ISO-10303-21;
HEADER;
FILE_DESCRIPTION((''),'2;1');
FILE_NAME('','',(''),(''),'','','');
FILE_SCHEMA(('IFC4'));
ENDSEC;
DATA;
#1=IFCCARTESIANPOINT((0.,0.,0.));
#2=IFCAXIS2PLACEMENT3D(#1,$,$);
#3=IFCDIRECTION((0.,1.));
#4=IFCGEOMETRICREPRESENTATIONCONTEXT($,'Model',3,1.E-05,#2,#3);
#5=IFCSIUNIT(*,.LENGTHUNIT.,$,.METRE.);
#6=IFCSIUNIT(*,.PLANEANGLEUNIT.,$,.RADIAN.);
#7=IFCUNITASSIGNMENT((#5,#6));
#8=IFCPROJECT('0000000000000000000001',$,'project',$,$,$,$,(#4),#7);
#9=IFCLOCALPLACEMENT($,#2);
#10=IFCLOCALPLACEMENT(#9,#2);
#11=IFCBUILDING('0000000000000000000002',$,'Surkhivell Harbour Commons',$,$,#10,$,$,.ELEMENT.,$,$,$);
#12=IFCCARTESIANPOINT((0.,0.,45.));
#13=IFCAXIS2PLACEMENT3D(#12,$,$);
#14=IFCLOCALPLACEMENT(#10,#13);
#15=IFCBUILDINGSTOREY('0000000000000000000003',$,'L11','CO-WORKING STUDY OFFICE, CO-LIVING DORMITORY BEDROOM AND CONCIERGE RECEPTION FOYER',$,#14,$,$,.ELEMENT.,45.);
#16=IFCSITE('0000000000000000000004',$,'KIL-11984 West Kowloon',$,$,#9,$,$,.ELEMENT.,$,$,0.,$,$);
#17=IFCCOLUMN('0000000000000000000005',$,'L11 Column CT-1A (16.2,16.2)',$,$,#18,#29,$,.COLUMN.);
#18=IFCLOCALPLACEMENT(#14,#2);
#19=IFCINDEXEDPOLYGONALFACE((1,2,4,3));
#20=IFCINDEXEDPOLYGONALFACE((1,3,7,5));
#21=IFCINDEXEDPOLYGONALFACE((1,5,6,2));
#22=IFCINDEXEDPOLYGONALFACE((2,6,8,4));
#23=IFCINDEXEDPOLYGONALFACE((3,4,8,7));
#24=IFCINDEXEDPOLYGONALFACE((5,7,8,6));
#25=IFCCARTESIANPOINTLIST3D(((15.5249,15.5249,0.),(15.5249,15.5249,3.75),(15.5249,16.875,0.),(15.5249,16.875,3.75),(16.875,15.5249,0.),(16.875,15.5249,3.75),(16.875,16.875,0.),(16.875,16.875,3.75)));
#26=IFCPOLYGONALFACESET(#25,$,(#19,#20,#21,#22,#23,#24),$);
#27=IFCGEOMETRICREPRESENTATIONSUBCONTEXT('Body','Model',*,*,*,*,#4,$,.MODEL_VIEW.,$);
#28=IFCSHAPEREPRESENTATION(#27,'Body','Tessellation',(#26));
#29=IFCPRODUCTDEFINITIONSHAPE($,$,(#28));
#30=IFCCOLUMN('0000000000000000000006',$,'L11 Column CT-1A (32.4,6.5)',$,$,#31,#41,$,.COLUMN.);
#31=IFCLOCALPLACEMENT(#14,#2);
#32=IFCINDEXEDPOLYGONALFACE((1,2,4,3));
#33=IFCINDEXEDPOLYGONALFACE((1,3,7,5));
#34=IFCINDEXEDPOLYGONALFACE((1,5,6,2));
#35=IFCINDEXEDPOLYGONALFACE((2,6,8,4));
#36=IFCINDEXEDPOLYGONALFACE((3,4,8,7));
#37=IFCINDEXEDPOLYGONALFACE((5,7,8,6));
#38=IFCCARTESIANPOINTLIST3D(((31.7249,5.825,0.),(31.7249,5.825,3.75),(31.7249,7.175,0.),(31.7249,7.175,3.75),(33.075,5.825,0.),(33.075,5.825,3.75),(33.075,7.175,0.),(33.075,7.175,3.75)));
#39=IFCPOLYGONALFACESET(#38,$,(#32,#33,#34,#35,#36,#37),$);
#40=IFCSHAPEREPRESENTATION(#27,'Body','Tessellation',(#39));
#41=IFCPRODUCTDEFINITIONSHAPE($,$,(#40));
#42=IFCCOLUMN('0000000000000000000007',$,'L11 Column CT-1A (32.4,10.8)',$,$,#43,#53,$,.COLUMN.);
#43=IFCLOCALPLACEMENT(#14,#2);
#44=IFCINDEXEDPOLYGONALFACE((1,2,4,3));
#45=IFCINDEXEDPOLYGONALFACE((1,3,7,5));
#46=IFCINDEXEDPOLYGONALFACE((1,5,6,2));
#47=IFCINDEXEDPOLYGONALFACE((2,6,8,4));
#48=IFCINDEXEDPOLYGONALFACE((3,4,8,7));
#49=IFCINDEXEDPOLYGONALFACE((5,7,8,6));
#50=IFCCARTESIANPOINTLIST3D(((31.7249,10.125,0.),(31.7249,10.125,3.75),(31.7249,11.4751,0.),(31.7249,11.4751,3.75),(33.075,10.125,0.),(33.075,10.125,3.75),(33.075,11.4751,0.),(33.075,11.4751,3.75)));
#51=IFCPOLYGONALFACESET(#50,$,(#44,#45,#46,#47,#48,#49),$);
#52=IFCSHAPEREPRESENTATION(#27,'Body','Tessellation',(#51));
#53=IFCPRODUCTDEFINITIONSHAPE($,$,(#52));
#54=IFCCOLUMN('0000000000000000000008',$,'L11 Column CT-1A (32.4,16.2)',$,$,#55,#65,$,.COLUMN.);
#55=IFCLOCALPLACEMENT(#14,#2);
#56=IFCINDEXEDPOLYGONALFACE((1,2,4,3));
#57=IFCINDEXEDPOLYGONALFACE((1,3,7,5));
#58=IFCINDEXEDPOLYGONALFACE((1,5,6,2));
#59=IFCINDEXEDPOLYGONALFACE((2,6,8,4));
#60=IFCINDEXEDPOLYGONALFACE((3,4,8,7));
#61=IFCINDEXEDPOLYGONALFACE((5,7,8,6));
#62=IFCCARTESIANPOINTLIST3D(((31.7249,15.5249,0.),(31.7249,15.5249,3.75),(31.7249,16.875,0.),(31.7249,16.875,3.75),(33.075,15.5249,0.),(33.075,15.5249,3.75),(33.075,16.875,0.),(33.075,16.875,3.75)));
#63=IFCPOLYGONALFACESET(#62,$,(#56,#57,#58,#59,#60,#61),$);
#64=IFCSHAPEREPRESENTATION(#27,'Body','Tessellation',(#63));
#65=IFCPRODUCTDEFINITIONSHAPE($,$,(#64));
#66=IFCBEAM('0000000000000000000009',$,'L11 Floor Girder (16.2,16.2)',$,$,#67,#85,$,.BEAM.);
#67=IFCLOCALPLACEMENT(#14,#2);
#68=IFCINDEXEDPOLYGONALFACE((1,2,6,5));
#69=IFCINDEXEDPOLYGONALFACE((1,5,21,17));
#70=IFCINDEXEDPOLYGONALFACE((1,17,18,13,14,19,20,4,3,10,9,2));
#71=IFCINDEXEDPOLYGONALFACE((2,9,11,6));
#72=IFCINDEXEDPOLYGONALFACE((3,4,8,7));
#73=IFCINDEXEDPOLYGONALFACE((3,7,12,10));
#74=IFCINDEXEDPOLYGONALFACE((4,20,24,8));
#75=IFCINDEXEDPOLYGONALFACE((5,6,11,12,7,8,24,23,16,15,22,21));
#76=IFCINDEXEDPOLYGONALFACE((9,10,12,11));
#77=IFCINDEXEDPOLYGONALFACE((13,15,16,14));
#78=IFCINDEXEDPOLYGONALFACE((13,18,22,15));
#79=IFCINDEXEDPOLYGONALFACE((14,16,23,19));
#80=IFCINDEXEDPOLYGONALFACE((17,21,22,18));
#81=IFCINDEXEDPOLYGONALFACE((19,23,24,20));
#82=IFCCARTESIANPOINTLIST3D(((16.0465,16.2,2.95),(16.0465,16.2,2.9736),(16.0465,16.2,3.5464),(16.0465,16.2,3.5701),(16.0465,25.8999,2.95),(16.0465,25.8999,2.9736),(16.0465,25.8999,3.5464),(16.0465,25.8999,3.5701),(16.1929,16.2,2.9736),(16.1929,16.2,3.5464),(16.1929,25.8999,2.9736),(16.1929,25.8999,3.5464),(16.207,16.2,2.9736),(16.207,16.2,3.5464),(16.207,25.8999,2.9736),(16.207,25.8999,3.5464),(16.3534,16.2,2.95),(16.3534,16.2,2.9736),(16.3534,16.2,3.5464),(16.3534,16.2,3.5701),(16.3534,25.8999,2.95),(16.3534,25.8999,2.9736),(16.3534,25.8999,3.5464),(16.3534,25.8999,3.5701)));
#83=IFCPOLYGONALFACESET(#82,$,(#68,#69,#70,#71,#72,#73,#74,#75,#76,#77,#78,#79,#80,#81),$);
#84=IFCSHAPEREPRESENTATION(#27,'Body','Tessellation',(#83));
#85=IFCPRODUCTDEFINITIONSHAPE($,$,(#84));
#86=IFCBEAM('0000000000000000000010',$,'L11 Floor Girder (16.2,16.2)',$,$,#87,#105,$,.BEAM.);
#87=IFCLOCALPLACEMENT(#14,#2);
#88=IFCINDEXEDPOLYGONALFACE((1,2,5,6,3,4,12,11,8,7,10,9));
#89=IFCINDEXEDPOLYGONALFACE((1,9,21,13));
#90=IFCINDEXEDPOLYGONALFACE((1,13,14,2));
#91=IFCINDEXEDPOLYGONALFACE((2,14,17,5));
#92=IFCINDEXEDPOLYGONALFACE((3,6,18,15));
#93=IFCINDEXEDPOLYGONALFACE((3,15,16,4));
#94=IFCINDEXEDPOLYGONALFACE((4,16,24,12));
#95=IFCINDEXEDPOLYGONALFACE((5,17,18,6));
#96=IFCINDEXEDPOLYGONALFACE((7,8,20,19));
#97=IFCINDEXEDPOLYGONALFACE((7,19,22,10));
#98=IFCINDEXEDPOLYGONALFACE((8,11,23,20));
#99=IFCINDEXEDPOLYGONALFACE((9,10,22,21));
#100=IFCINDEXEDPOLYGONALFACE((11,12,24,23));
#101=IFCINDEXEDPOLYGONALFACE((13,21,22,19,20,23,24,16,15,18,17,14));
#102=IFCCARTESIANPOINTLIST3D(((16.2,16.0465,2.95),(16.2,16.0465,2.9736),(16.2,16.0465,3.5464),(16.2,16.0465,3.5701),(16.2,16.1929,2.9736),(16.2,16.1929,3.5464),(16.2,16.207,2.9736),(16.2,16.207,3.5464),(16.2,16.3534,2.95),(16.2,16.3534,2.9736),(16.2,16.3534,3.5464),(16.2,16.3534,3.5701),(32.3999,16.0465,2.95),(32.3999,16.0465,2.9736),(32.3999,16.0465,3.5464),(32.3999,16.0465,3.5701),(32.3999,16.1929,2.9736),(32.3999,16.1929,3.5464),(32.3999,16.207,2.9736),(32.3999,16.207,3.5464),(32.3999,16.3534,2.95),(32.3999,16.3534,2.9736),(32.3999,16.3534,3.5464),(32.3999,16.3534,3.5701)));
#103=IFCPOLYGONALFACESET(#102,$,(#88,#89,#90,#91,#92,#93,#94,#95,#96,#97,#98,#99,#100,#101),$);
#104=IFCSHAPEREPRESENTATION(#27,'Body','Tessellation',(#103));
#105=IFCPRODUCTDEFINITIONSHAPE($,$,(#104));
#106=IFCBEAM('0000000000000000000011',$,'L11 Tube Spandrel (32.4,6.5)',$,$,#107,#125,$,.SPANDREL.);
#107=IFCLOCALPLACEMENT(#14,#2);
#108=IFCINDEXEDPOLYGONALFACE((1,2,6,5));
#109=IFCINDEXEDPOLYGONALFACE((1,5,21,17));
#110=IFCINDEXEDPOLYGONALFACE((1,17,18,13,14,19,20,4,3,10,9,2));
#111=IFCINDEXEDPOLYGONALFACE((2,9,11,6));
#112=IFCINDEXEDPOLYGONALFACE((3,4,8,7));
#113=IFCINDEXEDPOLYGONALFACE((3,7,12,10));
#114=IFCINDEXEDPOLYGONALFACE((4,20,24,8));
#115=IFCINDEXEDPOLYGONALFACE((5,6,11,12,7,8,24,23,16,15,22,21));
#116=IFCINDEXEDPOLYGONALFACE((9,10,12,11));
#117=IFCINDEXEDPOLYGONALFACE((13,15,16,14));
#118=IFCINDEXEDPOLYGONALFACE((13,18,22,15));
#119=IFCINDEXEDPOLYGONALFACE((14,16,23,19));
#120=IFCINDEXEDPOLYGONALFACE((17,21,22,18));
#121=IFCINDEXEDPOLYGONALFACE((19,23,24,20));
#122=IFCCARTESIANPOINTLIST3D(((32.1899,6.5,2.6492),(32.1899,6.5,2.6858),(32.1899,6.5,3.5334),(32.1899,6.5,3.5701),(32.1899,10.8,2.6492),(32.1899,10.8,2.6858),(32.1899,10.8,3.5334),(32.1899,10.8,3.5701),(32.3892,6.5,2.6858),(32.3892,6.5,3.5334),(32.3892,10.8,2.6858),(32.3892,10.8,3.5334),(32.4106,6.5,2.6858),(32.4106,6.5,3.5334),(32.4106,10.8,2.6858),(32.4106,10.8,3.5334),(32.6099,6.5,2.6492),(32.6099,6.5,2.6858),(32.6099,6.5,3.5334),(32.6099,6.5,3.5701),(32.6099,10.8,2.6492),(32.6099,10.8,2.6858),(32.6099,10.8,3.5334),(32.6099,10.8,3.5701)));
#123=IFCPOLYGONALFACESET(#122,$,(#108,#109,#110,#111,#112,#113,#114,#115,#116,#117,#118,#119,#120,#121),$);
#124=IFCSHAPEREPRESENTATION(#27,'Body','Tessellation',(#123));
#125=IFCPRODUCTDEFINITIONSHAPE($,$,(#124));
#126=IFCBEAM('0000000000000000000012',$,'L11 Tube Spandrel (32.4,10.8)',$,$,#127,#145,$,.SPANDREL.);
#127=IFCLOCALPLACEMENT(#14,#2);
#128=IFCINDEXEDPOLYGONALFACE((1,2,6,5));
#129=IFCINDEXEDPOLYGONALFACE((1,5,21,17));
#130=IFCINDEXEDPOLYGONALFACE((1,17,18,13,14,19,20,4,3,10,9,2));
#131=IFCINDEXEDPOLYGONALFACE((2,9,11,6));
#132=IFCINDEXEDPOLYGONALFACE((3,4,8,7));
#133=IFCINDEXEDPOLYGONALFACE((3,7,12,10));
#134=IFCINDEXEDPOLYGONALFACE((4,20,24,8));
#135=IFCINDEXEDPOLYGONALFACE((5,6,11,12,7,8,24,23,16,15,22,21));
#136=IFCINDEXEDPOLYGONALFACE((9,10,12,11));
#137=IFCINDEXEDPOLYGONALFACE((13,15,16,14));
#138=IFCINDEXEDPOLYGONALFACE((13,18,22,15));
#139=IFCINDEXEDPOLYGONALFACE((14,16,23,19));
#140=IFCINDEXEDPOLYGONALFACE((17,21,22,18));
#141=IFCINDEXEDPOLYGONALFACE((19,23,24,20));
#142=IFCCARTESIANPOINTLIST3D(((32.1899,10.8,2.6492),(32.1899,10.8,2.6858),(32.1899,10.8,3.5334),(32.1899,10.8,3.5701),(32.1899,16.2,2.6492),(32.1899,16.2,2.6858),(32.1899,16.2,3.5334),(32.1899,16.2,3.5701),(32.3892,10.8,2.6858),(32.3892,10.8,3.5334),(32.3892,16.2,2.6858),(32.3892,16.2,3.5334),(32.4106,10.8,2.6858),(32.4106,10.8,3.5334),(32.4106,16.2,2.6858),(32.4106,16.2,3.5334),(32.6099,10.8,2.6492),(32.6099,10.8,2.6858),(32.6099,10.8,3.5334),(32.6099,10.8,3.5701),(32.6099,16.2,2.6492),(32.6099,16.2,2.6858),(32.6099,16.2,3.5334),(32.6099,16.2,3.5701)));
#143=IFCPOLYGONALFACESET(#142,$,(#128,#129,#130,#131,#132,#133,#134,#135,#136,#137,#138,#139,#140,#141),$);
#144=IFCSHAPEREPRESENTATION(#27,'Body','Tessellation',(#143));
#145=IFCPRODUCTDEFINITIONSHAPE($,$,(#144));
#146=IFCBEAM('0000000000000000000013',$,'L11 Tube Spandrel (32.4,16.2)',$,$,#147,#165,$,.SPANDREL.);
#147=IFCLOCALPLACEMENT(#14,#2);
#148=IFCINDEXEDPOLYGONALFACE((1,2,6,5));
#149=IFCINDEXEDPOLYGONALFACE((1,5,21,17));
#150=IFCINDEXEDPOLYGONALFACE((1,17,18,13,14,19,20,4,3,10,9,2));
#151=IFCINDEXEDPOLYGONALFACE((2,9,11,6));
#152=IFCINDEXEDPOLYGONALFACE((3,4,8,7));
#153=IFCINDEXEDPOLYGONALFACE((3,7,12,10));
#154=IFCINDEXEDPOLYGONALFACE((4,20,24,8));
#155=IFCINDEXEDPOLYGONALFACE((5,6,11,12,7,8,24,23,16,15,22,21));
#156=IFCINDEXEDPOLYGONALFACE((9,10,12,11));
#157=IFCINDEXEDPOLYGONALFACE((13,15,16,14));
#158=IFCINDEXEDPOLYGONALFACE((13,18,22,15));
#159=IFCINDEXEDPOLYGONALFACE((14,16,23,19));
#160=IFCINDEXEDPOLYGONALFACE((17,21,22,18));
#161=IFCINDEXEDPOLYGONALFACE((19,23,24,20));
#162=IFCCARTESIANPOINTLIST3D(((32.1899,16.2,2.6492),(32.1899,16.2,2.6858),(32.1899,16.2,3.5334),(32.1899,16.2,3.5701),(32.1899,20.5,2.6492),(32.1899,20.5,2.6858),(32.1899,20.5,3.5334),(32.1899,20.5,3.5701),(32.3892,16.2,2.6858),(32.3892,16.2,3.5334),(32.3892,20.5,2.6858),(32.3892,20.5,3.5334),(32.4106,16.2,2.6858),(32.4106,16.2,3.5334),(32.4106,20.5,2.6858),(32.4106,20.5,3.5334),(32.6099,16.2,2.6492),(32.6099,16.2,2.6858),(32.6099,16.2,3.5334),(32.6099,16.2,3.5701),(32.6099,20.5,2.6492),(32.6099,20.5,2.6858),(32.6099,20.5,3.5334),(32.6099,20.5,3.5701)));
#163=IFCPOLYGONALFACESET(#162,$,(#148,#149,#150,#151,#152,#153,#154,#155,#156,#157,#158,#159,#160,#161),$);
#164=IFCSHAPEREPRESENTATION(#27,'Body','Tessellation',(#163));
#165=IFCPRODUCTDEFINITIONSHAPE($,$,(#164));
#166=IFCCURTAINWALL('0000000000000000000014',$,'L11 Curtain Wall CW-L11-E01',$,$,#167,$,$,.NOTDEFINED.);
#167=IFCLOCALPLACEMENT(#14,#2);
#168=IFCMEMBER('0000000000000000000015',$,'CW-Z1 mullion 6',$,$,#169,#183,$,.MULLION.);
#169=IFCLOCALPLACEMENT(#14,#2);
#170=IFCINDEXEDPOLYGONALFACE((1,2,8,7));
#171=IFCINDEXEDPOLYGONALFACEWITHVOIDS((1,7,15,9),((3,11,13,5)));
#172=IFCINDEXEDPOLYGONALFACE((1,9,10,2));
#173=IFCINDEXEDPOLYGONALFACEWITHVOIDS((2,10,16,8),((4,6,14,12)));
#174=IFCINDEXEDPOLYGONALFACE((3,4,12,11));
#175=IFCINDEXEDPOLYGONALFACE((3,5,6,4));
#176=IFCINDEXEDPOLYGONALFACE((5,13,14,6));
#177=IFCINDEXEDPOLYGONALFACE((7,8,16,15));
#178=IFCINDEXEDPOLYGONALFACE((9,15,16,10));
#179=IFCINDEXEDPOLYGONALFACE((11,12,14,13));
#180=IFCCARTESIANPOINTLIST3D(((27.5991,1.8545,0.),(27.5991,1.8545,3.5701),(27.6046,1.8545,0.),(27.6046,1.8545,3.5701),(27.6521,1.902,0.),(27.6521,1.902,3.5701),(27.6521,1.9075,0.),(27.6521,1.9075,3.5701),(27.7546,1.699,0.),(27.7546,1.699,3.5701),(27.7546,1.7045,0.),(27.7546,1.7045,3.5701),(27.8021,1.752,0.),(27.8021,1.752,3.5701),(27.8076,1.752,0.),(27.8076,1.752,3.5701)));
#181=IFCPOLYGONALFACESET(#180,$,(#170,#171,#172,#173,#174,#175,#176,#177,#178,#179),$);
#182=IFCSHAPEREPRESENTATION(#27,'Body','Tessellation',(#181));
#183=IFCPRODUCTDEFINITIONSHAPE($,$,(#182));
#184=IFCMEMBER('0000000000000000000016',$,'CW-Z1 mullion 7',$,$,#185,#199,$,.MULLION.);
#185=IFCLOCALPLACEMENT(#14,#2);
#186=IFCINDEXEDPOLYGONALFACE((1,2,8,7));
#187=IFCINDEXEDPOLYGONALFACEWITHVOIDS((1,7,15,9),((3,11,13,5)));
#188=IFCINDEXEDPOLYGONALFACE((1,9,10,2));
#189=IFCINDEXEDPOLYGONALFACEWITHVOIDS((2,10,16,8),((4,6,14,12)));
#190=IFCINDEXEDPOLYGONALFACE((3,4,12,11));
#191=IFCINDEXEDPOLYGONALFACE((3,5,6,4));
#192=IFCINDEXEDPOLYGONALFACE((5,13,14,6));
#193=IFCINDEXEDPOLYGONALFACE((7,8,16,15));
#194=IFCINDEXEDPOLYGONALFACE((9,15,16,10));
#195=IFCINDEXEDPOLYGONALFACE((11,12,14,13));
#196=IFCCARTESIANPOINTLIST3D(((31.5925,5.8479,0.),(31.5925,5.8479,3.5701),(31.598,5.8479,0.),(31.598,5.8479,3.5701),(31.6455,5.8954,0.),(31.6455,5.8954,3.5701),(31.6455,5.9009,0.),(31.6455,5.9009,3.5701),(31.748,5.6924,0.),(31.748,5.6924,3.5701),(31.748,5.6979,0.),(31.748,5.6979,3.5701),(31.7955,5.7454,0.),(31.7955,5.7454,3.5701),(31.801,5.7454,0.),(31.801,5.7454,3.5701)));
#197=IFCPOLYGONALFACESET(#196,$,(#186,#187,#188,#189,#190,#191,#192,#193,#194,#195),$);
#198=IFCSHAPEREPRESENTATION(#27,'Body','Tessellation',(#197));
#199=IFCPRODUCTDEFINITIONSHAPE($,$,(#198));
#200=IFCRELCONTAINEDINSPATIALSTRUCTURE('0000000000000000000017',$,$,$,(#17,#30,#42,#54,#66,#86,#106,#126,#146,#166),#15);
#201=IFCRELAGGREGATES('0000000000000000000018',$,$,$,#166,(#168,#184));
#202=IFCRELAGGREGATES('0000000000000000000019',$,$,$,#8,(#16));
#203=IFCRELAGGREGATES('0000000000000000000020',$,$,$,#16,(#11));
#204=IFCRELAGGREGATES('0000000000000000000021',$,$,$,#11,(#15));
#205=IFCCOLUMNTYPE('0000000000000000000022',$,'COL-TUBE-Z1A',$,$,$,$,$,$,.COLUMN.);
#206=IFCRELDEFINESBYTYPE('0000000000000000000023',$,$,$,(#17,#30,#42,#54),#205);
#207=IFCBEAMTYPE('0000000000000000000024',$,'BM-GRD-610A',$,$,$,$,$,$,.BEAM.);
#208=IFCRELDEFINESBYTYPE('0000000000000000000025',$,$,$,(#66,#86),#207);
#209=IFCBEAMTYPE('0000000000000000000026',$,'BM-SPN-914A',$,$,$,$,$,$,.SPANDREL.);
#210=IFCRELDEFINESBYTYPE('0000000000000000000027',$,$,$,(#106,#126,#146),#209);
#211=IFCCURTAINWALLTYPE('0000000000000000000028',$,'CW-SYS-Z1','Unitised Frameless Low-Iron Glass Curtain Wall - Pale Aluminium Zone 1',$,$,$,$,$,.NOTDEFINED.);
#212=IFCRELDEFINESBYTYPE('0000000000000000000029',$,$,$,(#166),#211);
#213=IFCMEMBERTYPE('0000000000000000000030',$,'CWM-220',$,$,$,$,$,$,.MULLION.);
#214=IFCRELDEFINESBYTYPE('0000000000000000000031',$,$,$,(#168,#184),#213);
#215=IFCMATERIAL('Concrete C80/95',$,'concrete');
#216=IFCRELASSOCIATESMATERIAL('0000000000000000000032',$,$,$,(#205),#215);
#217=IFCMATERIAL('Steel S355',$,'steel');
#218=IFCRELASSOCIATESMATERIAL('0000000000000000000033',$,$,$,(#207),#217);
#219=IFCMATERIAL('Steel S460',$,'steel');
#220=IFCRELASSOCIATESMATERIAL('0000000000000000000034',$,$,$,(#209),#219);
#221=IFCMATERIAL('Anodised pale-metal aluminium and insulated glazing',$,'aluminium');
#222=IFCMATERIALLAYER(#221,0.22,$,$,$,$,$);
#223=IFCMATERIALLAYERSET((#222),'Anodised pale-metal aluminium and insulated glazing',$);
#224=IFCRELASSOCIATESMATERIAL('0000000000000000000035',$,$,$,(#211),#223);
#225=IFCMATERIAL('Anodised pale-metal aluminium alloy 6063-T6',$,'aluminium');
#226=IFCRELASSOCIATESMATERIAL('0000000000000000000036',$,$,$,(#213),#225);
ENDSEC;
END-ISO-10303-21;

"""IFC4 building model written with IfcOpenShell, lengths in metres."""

from ifc_helpers import new_model, si_unit, direction, frame, origin, origin_2d, place, context, subcontext, project, spatial, rectangle, hollow_rectangle, i_section, extrude, material, layer, layer_set, material_profile, profile_set, type_object, element, aggregate, save


model = new_model("IFC4")

# Units and contexts
model_context = context("Model", 3, precision=1e-05, world=origin(), true_north=direction((0.0, 1.0)))
body_context = subcontext(model_context, "Body", "Model", "MODEL_VIEW")
ifc_project = project(units=[si_unit("LENGTHUNIT", "METRE"), si_unit("PLANEANGLEUNIT", "RADIAN")], contexts=[model_context])

# Site, building, storey
site_placement = place(None, origin())
site = spatial("IfcSite", under=ifc_project, at=site_placement, Name="KIL-11984 West Kowloon", CompositionType="ELEMENT", RefElevation=0.0)
building_placement = place(site_placement, origin())
building = spatial("IfcBuilding", under=site, at=building_placement, Name="Surkhivell Harbour Commons", CompositionType="ELEMENT")
storey_placement = place(building_placement, frame((0.0, 0.0, 45.0)))
storey = spatial("IfcBuildingStorey", under=building, at=storey_placement, Name="L11", Description="CO-WORKING STUDY OFFICE, CO-LIVING DORMITORY BEDROOM AND CONCIERGE RECEPTION FOYER", CompositionType="ELEMENT", Elevation=45.0)

# Columns
ifc_material_1 = material(Name="Concrete C80/95", Category="concrete")
ifc_material_profile_1 = material_profile(ifc_material_1, rectangle(XDim=1.3501, YDim=1.3501, at=origin_2d()), Name="RC-COL-1350x1350")
ifc_profile_set_1 = profile_set([ifc_material_profile_1], Name="Concrete C80/95")
column_type = type_object("IfcColumnType", Name="COL-TUBE-Z1A", PredefinedType="COLUMN", material=ifc_profile_set_1)
for number, where, z_axis, x_axis, name in (
    (1, (16.2, 16.2, 0.0), (0.0, 0.0, 1.0), (1.0, 0.0, 0.0), "L11 Column CT-1A (16.2,16.2)"),
    (2, (32.3999, 6.5, 0.0), (0.0, 0.0, 1.0), (1.0, 0.0, 0.0), "L11 Column CT-1A (32.4,6.5)"),
    (3, (32.3999, 10.8, 0.0), (0.0, 0.0, 1.0), (1.0, 0.0, 0.0), "L11 Column CT-1A (32.4,10.8)"),
    (4, (32.3999, 16.2, 0.0), (0.0, 0.0, 1.0), (1.0, 0.0, 0.0), "L11 Column CT-1A (32.4,16.2)"),
):
    element("IfcColumn", number, at=place(storey_placement, frame(where, z_axis=z_axis, x_axis=x_axis)), inside=storey, type_object=column_type, Name=name, PredefinedType="COLUMN", context=body_context, shape_type="SweptSolid", body=[
        extrude(rectangle(XDim=1.3501, YDim=1.3501, at=origin_2d()), origin(), (0.0, 0.0, 1.0), 3.75),
    ])

# Beams
ifc_material_2 = material(Name="Steel S355", Category="steel")
ifc_material_profile_2 = material_profile(ifc_material_2, i_section(OverallWidth=0.3069, OverallDepth=0.6201, WebThickness=0.0142, FlangeThickness=0.0237, at=origin_2d()), Name="UB610x305x179")
ifc_profile_set_2 = profile_set([ifc_material_profile_2], Name="Steel S355")
beam_type_1 = type_object("IfcBeamType", Name="BM-GRD-610A", PredefinedType="BEAM", material=ifc_profile_set_2)
beam_1_placement = place(storey_placement, frame((16.2, 16.2, 3.26), z_axis=(0.0, 1.0, 0.0), x_axis=(-1.0, 0.0, 0.0)))
element("IfcBeam", 5, at=beam_1_placement, inside=storey, type_object=beam_type_1, Name="L11 Floor Girder (16.2,16.2)", PredefinedType="BEAM", context=body_context, shape_type="SweptSolid", body=[
    extrude(i_section(OverallWidth=0.3069, OverallDepth=0.6201, WebThickness=0.0142, FlangeThickness=0.0237, at=origin_2d()), origin(), (0.0, 0.0, 1.0), 9.7),
])
beam_2_placement = place(storey_placement, frame((16.2, 16.2, 3.26), z_axis=(1.0, 0.0, 0.0), x_axis=(0.0, 1.0, 0.0)))
element("IfcBeam", 6, at=beam_2_placement, inside=storey, type_object=beam_type_1, Name="L11 Floor Girder (16.2,16.2)", PredefinedType="BEAM", context=body_context, shape_type="SweptSolid", body=[
    extrude(i_section(OverallWidth=0.3069, OverallDepth=0.6201, WebThickness=0.0142, FlangeThickness=0.0237, at=origin_2d()), origin(), (0.0, 0.0, 1.0), 16.2),
])
ifc_material_3 = material(Name="Steel S460", Category="steel")
ifc_material_profile_3 = material_profile(ifc_material_3, i_section(OverallWidth=0.4199, OverallDepth=0.9209, WebThickness=0.0215, FlangeThickness=0.0366, at=origin_2d()), Name="UB914x419x388")
ifc_profile_set_3 = profile_set([ifc_material_profile_3], Name="Steel S460")
beam_type_2 = type_object("IfcBeamType", Name="BM-SPN-914A", PredefinedType="SPANDREL", material=ifc_profile_set_3)
beam_3_placement = place(storey_placement, frame((32.3999, 6.5, 3.1096), z_axis=(0.0, 1.0, 0.0), x_axis=(-1.0, 0.0, 0.0)))
element("IfcBeam", 7, at=beam_3_placement, inside=storey, type_object=beam_type_2, Name="L11 Tube Spandrel (32.4,6.5)", PredefinedType="SPANDREL", context=body_context, shape_type="SweptSolid", body=[
    extrude(i_section(OverallWidth=0.4199, OverallDepth=0.9209, WebThickness=0.0215, FlangeThickness=0.0366, at=origin_2d()), origin(), (0.0, 0.0, 1.0), 4.3),
])
beam_4_placement = place(storey_placement, frame((32.3999, 10.8, 3.1096), z_axis=(0.0, 1.0, 0.0), x_axis=(-1.0, 0.0, 0.0)))
element("IfcBeam", 8, at=beam_4_placement, inside=storey, type_object=beam_type_2, Name="L11 Tube Spandrel (32.4,10.8)", PredefinedType="SPANDREL", context=body_context, shape_type="SweptSolid", body=[
    extrude(i_section(OverallWidth=0.4199, OverallDepth=0.9209, WebThickness=0.0215, FlangeThickness=0.0366, at=origin_2d()), origin(), (0.0, 0.0, 1.0), 5.3999),
])
beam_5_placement = place(storey_placement, frame((32.3999, 16.2, 3.1096), z_axis=(0.0, 1.0, 0.0), x_axis=(-1.0, 0.0, 0.0)))
element("IfcBeam", 9, at=beam_5_placement, inside=storey, type_object=beam_type_2, Name="L11 Tube Spandrel (32.4,16.2)", PredefinedType="SPANDREL", context=body_context, shape_type="SweptSolid", body=[
    extrude(i_section(OverallWidth=0.4199, OverallDepth=0.9209, WebThickness=0.0215, FlangeThickness=0.0366, at=origin_2d()), origin(), (0.0, 0.0, 1.0), 4.3),
])

# Curtain wall, members
ifc_material_4 = material(Name="Anodised pale-metal aluminium and insulated glazing", Category="aluminium")
ifc_layer_1 = layer(ifc_material_4, 0.22)
ifc_layer_set_1 = layer_set([ifc_layer_1], Name="Anodised pale-metal aluminium and insulated glazing")
curtain_wall_type = type_object("IfcCurtainWallType", Name="CW-SYS-Z1", Description="Unitised Frameless Low-Iron Glass Curtain Wall - Pale Aluminium Zone 1", PredefinedType="NOTDEFINED", material=ifc_layer_set_1)
curtain_wall_1_placement = place(storey_placement, origin())
curtain_wall_1 = element("IfcCurtainWall", 10, at=curtain_wall_1_placement, inside=storey, type_object=curtain_wall_type, Name="L11 Curtain Wall CW-L11-E01", PredefinedType="NOTDEFINED")
ifc_material_5 = material(Name="Anodised pale-metal aluminium alloy 6063-T6", Category="aluminium")
ifc_material_profile_4 = material_profile(ifc_material_5, hollow_rectangle(XDim=0.075, YDim=0.22, WallThickness=0.0039, at=origin_2d()), Name="ALU-MULL-75x220")
ifc_profile_set_4 = profile_set([ifc_material_profile_4], Name="Anodised pale-metal aluminium alloy 6063-T6")
member_type_1 = type_object("IfcMemberType", Name="CWM-220", PredefinedType="MULLION", material=ifc_profile_set_4)
member_1_placement = place(storey_placement, frame((27.7034, 1.8032, 0.0), z_axis=(0.0, 0.0, 1.0), x_axis=(0.707107, 0.707107, 0.0)))
member_1 = element("IfcMember", 11, at=member_1_placement, type_object=member_type_1, Name="CW-Z1 mullion 6", PredefinedType="MULLION", context=body_context, shape_type="SweptSolid", body=[
    extrude(hollow_rectangle(XDim=0.075, YDim=0.22, WallThickness=0.0039, at=origin_2d()), origin(), (0.0, 0.0, 1.0), 3.5701),
])
member_2_placement = place(storey_placement, frame((31.6968, 5.7966, 0.0), z_axis=(0.0, 0.0, 1.0), x_axis=(0.707107, 0.707107, 0.0)))
member_2 = element("IfcMember", 12, at=member_2_placement, type_object=member_type_1, Name="CW-Z1 mullion 7", PredefinedType="MULLION", context=body_context, shape_type="SweptSolid", body=[
    extrude(hollow_rectangle(XDim=0.075, YDim=0.22, WallThickness=0.0039, at=origin_2d()), origin(), (0.0, 0.0, 1.0), 3.5701),
])

aggregate(curtain_wall_1, [member_1, member_2])

save(model, "model.ifc")
